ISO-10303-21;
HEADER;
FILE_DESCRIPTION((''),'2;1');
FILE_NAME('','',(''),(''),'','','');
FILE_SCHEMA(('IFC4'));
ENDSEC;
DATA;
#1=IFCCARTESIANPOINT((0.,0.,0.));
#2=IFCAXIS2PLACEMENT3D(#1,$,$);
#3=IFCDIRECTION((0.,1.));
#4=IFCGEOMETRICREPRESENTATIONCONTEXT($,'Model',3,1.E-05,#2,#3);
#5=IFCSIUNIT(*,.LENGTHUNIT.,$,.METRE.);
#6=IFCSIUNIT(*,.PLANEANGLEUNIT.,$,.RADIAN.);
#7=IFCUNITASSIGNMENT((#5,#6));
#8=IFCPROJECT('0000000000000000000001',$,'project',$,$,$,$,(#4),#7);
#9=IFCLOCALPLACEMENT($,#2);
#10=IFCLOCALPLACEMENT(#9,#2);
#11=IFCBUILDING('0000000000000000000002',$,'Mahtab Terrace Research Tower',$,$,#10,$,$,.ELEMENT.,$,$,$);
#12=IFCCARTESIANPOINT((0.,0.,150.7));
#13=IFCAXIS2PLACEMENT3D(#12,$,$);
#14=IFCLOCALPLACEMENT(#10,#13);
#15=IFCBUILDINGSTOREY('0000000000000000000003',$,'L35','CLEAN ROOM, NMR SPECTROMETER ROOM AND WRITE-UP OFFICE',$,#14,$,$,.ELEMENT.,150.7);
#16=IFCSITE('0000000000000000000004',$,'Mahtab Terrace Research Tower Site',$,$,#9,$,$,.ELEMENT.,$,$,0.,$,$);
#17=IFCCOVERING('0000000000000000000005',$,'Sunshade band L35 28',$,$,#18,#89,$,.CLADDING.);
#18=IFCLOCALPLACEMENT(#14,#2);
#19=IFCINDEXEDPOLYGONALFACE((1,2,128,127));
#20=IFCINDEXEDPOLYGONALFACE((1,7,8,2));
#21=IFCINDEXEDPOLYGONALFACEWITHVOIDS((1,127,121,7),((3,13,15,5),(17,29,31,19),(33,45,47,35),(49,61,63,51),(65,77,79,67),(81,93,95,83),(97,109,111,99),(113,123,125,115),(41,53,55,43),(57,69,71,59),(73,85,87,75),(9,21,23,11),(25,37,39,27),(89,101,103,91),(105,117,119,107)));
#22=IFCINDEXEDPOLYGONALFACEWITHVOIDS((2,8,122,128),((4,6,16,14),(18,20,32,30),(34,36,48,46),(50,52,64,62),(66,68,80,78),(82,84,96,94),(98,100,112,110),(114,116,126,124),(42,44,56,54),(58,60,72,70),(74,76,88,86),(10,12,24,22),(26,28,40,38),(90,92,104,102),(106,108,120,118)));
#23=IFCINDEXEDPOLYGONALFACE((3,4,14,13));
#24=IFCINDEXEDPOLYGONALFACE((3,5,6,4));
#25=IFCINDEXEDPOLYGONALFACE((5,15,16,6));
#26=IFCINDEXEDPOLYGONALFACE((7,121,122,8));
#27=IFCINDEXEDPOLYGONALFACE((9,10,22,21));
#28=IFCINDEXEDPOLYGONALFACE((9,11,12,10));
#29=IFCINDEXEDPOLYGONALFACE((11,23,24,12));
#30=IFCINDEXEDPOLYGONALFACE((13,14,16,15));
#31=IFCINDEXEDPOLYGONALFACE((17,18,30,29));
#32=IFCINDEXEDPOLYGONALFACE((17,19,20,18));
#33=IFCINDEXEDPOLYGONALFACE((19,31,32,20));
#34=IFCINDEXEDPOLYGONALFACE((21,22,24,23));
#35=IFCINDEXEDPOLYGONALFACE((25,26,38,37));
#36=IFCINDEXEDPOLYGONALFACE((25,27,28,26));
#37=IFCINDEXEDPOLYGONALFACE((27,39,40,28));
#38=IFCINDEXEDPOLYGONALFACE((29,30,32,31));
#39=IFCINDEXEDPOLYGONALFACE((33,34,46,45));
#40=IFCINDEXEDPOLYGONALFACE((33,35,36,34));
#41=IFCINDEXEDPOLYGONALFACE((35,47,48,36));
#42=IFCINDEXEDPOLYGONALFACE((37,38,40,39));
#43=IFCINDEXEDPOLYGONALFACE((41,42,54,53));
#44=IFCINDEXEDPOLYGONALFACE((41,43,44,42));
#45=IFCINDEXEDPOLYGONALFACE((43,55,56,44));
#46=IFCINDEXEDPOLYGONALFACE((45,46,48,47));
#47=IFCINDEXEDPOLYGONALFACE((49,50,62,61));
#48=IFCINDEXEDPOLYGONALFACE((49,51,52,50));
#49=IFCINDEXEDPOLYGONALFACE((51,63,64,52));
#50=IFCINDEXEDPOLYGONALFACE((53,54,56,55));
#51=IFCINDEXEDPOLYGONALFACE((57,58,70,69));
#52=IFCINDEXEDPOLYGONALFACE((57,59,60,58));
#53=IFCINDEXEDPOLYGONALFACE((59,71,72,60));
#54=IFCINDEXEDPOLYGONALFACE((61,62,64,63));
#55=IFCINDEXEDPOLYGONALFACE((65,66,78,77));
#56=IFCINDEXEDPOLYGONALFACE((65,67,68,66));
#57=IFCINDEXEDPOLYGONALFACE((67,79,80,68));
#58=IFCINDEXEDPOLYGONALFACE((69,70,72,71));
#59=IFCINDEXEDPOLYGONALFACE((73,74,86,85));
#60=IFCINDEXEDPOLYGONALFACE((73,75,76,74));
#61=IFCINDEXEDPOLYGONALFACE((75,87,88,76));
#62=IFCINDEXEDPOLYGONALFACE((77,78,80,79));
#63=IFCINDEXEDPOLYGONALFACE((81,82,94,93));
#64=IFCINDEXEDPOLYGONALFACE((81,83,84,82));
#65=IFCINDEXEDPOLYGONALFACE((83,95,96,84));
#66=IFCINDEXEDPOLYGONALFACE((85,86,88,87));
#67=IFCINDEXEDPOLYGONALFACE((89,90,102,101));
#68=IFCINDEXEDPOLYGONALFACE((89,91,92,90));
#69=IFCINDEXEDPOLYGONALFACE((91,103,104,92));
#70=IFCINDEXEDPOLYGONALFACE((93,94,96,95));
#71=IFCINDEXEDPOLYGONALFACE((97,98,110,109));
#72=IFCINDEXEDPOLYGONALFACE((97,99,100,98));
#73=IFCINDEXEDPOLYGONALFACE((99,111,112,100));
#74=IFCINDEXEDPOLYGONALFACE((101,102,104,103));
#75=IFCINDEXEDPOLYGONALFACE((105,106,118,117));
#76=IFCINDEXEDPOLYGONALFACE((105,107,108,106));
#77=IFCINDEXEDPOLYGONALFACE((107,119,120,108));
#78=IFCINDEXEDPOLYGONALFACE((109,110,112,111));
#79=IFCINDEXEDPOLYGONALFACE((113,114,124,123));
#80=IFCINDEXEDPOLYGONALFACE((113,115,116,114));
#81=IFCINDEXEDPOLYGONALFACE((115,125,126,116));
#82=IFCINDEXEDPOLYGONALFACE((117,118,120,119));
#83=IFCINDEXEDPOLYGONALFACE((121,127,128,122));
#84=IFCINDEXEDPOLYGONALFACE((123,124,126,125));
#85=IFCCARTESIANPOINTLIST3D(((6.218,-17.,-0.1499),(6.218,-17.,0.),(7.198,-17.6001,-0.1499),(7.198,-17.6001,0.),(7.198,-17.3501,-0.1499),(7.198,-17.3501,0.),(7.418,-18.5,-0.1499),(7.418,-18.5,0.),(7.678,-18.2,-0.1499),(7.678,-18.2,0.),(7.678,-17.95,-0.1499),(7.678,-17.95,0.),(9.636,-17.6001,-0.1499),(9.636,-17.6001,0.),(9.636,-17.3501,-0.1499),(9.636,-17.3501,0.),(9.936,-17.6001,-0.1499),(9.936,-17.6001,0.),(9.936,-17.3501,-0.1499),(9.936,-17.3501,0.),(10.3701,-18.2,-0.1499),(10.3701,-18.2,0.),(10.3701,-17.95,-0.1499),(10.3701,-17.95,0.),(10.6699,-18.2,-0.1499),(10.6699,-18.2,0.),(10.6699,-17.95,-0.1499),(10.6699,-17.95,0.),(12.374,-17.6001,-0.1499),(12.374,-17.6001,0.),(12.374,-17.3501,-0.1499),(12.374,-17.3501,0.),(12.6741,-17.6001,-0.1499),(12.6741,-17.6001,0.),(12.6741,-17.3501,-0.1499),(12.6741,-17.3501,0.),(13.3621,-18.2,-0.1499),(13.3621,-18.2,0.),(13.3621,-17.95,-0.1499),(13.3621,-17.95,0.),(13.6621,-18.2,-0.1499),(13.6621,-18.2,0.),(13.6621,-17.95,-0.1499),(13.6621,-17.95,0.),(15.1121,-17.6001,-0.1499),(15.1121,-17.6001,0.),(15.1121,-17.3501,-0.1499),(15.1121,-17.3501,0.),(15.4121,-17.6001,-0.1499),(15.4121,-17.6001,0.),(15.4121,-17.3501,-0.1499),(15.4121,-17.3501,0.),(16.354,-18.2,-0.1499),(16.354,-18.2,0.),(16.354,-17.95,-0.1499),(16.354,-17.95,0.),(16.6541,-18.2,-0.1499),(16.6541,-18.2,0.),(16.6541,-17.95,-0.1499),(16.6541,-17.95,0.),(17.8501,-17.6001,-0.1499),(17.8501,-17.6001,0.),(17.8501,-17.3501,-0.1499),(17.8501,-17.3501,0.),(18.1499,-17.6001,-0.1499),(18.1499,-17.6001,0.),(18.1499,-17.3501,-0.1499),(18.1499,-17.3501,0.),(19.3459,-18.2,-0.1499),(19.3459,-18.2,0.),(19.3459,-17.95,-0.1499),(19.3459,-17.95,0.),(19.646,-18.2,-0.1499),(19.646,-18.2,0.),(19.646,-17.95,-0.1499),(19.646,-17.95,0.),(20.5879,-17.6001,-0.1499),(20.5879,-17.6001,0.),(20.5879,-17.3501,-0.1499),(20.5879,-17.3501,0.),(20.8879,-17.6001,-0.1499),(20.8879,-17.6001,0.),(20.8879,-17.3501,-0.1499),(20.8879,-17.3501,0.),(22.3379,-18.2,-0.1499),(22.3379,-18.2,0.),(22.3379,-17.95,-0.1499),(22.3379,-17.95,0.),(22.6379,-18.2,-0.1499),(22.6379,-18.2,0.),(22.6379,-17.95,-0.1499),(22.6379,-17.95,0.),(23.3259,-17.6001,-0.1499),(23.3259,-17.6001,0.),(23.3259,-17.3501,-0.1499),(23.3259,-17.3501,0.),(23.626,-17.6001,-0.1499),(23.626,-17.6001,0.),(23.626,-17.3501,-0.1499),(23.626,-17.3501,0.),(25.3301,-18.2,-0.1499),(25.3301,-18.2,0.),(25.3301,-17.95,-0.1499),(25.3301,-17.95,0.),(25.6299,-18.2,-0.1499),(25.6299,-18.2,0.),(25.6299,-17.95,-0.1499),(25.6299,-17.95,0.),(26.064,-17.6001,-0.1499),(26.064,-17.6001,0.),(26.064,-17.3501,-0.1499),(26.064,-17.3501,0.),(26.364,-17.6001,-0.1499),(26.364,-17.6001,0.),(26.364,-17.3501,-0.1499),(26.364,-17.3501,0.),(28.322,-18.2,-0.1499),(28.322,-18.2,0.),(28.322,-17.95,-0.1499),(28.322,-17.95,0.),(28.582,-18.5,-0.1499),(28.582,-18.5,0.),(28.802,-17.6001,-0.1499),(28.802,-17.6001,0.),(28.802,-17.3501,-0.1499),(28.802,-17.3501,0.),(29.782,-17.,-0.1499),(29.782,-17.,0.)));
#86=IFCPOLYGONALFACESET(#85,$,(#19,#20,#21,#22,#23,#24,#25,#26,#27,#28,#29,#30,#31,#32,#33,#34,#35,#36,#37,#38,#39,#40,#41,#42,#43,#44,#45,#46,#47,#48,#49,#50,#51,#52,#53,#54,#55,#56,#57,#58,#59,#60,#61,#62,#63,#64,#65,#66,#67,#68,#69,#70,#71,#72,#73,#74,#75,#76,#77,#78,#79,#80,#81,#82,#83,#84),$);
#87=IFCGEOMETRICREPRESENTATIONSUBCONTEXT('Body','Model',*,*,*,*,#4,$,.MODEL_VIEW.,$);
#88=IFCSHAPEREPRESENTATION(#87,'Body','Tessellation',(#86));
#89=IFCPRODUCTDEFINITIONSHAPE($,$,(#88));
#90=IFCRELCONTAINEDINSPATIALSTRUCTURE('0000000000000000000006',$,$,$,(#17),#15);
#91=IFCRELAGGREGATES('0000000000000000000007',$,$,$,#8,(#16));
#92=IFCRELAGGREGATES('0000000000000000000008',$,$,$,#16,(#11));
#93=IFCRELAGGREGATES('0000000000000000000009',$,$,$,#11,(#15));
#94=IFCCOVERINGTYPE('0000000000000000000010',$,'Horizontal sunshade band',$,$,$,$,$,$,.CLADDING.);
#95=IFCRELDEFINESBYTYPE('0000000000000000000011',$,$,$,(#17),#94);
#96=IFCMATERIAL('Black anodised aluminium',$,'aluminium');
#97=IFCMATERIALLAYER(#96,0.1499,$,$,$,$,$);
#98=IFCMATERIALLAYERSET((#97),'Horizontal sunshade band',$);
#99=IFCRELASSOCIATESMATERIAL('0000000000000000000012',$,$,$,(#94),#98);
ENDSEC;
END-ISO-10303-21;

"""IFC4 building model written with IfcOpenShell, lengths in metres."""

from ifc_helpers import new_model, si_unit, direction, frame, origin, place, context, subcontext, project, spatial, polyline, outline, extrude, material, layer, layer_set, type_object, element, save


model = new_model("IFC4")

# Units and contexts
model_context = context("Model", 3, precision=1e-05, world=origin(), true_north=direction((0.0, 1.0)))
body_context = subcontext(model_context, "Body", "Model", "MODEL_VIEW")
ifc_project = project(units=[si_unit("LENGTHUNIT", "METRE"), si_unit("PLANEANGLEUNIT", "RADIAN")], contexts=[model_context])

# Site, building, storey
site_placement = place(None, origin())
site = spatial("IfcSite", under=ifc_project, at=site_placement, Name="Mahtab Terrace Research Tower Site", CompositionType="ELEMENT", RefElevation=0.0)
building_placement = place(site_placement, origin())
building = spatial("IfcBuilding", under=site, at=building_placement, Name="Mahtab Terrace Research Tower", CompositionType="ELEMENT")
storey_placement = place(building_placement, frame((0.0, 0.0, 150.7)))
storey = spatial("IfcBuildingStorey", under=building, at=storey_placement, Name="L35", Description="CLEAN ROOM, NMR SPECTROMETER ROOM AND WRITE-UP OFFICE", CompositionType="ELEMENT", Elevation=150.7)

# Covering
ifc_material_1 = material(Name="Black anodised aluminium", Category="aluminium")
ifc_layer_1 = layer(ifc_material_1, 0.1499)
ifc_layer_set_1 = layer_set([ifc_layer_1], Name="Horizontal sunshade band")
covering_type = type_object("IfcCoveringType", Name="Horizontal sunshade band", PredefinedType="CLADDING", material=ifc_layer_set_1)
covering_1_placement = place(storey_placement, frame((0.0, 0.0, -0.1499)))
element("IfcCovering", 1, at=covering_1_placement, inside=storey, type_object=covering_type, Name="Sunshade band L35 28", PredefinedType="CLADDING", context=body_context, shape_type="SweptSolid", body=[
    extrude(outline(polyline([(6.218, -17.0), (29.782, -17.0), (28.582, -18.5), (7.418, -18.5), (6.218, -17.0)]), holes=[polyline([(7.198, -17.3501), (9.636, -17.3501), (9.636, -17.6001), (7.198, -17.6001), (7.198, -17.3501)]), polyline([(9.936, -17.3501), (12.374, -17.3501), (12.374, -17.6001), (9.936, -17.6001), (9.936, -17.3501)]), polyline([(12.6741, -17.3501), (15.1121, -17.3501), (15.1121, -17.6001), (12.6741, -17.6001), (12.6741, -17.3501)]), polyline([(15.4121, -17.3501), (17.8501, -17.3501), (17.8501, -17.6001), (15.4121, -17.6001), (15.4121, -17.3501)]), polyline([(18.1499, -17.3501), (20.5879, -17.3501), (20.5879, -17.6001), (18.1499, -17.6001), (18.1499, -17.3501)]), polyline([(20.8879, -17.3501), (23.3259, -17.3501), (23.3259, -17.6001), (20.8879, -17.6001), (20.8879, -17.3501)]), polyline([(23.626, -17.3501), (26.064, -17.3501), (26.064, -17.6001), (23.626, -17.6001), (23.626, -17.3501)]), polyline([(26.364, -17.3501), (28.802, -17.3501), (28.802, -17.6001), (26.364, -17.6001), (26.364, -17.3501)]), polyline([(7.678, -17.95), (10.3701, -17.95), (10.3701, -18.2), (7.678, -18.2), (7.678, -17.95)]), polyline([(10.6699, -17.95), (13.3621, -17.95), (13.3621, -18.2), (10.6699, -18.2), (10.6699, -17.95)]), polyline([(13.6621, -17.95), (16.354, -17.95), (16.354, -18.2), (13.6621, -18.2), (13.6621, -17.95)]), polyline([(16.6541, -17.95), (19.3459, -17.95), (19.3459, -18.2), (16.6541, -18.2), (16.6541, -17.95)]), polyline([(19.646, -17.95), (22.3379, -17.95), (22.3379, -18.2), (19.646, -18.2), (19.646, -17.95)]), polyline([(22.6379, -17.95), (25.3301, -17.95), (25.3301, -18.2), (22.6379, -18.2), (22.6379, -17.95)]), polyline([(25.6299, -17.95), (28.322, -17.95), (28.322, -18.2), (25.6299, -18.2), (25.6299, -17.95)])]), origin(), (0.0, 0.0, 1.0), 0.1499),
])

save(model, "model.ifc")
